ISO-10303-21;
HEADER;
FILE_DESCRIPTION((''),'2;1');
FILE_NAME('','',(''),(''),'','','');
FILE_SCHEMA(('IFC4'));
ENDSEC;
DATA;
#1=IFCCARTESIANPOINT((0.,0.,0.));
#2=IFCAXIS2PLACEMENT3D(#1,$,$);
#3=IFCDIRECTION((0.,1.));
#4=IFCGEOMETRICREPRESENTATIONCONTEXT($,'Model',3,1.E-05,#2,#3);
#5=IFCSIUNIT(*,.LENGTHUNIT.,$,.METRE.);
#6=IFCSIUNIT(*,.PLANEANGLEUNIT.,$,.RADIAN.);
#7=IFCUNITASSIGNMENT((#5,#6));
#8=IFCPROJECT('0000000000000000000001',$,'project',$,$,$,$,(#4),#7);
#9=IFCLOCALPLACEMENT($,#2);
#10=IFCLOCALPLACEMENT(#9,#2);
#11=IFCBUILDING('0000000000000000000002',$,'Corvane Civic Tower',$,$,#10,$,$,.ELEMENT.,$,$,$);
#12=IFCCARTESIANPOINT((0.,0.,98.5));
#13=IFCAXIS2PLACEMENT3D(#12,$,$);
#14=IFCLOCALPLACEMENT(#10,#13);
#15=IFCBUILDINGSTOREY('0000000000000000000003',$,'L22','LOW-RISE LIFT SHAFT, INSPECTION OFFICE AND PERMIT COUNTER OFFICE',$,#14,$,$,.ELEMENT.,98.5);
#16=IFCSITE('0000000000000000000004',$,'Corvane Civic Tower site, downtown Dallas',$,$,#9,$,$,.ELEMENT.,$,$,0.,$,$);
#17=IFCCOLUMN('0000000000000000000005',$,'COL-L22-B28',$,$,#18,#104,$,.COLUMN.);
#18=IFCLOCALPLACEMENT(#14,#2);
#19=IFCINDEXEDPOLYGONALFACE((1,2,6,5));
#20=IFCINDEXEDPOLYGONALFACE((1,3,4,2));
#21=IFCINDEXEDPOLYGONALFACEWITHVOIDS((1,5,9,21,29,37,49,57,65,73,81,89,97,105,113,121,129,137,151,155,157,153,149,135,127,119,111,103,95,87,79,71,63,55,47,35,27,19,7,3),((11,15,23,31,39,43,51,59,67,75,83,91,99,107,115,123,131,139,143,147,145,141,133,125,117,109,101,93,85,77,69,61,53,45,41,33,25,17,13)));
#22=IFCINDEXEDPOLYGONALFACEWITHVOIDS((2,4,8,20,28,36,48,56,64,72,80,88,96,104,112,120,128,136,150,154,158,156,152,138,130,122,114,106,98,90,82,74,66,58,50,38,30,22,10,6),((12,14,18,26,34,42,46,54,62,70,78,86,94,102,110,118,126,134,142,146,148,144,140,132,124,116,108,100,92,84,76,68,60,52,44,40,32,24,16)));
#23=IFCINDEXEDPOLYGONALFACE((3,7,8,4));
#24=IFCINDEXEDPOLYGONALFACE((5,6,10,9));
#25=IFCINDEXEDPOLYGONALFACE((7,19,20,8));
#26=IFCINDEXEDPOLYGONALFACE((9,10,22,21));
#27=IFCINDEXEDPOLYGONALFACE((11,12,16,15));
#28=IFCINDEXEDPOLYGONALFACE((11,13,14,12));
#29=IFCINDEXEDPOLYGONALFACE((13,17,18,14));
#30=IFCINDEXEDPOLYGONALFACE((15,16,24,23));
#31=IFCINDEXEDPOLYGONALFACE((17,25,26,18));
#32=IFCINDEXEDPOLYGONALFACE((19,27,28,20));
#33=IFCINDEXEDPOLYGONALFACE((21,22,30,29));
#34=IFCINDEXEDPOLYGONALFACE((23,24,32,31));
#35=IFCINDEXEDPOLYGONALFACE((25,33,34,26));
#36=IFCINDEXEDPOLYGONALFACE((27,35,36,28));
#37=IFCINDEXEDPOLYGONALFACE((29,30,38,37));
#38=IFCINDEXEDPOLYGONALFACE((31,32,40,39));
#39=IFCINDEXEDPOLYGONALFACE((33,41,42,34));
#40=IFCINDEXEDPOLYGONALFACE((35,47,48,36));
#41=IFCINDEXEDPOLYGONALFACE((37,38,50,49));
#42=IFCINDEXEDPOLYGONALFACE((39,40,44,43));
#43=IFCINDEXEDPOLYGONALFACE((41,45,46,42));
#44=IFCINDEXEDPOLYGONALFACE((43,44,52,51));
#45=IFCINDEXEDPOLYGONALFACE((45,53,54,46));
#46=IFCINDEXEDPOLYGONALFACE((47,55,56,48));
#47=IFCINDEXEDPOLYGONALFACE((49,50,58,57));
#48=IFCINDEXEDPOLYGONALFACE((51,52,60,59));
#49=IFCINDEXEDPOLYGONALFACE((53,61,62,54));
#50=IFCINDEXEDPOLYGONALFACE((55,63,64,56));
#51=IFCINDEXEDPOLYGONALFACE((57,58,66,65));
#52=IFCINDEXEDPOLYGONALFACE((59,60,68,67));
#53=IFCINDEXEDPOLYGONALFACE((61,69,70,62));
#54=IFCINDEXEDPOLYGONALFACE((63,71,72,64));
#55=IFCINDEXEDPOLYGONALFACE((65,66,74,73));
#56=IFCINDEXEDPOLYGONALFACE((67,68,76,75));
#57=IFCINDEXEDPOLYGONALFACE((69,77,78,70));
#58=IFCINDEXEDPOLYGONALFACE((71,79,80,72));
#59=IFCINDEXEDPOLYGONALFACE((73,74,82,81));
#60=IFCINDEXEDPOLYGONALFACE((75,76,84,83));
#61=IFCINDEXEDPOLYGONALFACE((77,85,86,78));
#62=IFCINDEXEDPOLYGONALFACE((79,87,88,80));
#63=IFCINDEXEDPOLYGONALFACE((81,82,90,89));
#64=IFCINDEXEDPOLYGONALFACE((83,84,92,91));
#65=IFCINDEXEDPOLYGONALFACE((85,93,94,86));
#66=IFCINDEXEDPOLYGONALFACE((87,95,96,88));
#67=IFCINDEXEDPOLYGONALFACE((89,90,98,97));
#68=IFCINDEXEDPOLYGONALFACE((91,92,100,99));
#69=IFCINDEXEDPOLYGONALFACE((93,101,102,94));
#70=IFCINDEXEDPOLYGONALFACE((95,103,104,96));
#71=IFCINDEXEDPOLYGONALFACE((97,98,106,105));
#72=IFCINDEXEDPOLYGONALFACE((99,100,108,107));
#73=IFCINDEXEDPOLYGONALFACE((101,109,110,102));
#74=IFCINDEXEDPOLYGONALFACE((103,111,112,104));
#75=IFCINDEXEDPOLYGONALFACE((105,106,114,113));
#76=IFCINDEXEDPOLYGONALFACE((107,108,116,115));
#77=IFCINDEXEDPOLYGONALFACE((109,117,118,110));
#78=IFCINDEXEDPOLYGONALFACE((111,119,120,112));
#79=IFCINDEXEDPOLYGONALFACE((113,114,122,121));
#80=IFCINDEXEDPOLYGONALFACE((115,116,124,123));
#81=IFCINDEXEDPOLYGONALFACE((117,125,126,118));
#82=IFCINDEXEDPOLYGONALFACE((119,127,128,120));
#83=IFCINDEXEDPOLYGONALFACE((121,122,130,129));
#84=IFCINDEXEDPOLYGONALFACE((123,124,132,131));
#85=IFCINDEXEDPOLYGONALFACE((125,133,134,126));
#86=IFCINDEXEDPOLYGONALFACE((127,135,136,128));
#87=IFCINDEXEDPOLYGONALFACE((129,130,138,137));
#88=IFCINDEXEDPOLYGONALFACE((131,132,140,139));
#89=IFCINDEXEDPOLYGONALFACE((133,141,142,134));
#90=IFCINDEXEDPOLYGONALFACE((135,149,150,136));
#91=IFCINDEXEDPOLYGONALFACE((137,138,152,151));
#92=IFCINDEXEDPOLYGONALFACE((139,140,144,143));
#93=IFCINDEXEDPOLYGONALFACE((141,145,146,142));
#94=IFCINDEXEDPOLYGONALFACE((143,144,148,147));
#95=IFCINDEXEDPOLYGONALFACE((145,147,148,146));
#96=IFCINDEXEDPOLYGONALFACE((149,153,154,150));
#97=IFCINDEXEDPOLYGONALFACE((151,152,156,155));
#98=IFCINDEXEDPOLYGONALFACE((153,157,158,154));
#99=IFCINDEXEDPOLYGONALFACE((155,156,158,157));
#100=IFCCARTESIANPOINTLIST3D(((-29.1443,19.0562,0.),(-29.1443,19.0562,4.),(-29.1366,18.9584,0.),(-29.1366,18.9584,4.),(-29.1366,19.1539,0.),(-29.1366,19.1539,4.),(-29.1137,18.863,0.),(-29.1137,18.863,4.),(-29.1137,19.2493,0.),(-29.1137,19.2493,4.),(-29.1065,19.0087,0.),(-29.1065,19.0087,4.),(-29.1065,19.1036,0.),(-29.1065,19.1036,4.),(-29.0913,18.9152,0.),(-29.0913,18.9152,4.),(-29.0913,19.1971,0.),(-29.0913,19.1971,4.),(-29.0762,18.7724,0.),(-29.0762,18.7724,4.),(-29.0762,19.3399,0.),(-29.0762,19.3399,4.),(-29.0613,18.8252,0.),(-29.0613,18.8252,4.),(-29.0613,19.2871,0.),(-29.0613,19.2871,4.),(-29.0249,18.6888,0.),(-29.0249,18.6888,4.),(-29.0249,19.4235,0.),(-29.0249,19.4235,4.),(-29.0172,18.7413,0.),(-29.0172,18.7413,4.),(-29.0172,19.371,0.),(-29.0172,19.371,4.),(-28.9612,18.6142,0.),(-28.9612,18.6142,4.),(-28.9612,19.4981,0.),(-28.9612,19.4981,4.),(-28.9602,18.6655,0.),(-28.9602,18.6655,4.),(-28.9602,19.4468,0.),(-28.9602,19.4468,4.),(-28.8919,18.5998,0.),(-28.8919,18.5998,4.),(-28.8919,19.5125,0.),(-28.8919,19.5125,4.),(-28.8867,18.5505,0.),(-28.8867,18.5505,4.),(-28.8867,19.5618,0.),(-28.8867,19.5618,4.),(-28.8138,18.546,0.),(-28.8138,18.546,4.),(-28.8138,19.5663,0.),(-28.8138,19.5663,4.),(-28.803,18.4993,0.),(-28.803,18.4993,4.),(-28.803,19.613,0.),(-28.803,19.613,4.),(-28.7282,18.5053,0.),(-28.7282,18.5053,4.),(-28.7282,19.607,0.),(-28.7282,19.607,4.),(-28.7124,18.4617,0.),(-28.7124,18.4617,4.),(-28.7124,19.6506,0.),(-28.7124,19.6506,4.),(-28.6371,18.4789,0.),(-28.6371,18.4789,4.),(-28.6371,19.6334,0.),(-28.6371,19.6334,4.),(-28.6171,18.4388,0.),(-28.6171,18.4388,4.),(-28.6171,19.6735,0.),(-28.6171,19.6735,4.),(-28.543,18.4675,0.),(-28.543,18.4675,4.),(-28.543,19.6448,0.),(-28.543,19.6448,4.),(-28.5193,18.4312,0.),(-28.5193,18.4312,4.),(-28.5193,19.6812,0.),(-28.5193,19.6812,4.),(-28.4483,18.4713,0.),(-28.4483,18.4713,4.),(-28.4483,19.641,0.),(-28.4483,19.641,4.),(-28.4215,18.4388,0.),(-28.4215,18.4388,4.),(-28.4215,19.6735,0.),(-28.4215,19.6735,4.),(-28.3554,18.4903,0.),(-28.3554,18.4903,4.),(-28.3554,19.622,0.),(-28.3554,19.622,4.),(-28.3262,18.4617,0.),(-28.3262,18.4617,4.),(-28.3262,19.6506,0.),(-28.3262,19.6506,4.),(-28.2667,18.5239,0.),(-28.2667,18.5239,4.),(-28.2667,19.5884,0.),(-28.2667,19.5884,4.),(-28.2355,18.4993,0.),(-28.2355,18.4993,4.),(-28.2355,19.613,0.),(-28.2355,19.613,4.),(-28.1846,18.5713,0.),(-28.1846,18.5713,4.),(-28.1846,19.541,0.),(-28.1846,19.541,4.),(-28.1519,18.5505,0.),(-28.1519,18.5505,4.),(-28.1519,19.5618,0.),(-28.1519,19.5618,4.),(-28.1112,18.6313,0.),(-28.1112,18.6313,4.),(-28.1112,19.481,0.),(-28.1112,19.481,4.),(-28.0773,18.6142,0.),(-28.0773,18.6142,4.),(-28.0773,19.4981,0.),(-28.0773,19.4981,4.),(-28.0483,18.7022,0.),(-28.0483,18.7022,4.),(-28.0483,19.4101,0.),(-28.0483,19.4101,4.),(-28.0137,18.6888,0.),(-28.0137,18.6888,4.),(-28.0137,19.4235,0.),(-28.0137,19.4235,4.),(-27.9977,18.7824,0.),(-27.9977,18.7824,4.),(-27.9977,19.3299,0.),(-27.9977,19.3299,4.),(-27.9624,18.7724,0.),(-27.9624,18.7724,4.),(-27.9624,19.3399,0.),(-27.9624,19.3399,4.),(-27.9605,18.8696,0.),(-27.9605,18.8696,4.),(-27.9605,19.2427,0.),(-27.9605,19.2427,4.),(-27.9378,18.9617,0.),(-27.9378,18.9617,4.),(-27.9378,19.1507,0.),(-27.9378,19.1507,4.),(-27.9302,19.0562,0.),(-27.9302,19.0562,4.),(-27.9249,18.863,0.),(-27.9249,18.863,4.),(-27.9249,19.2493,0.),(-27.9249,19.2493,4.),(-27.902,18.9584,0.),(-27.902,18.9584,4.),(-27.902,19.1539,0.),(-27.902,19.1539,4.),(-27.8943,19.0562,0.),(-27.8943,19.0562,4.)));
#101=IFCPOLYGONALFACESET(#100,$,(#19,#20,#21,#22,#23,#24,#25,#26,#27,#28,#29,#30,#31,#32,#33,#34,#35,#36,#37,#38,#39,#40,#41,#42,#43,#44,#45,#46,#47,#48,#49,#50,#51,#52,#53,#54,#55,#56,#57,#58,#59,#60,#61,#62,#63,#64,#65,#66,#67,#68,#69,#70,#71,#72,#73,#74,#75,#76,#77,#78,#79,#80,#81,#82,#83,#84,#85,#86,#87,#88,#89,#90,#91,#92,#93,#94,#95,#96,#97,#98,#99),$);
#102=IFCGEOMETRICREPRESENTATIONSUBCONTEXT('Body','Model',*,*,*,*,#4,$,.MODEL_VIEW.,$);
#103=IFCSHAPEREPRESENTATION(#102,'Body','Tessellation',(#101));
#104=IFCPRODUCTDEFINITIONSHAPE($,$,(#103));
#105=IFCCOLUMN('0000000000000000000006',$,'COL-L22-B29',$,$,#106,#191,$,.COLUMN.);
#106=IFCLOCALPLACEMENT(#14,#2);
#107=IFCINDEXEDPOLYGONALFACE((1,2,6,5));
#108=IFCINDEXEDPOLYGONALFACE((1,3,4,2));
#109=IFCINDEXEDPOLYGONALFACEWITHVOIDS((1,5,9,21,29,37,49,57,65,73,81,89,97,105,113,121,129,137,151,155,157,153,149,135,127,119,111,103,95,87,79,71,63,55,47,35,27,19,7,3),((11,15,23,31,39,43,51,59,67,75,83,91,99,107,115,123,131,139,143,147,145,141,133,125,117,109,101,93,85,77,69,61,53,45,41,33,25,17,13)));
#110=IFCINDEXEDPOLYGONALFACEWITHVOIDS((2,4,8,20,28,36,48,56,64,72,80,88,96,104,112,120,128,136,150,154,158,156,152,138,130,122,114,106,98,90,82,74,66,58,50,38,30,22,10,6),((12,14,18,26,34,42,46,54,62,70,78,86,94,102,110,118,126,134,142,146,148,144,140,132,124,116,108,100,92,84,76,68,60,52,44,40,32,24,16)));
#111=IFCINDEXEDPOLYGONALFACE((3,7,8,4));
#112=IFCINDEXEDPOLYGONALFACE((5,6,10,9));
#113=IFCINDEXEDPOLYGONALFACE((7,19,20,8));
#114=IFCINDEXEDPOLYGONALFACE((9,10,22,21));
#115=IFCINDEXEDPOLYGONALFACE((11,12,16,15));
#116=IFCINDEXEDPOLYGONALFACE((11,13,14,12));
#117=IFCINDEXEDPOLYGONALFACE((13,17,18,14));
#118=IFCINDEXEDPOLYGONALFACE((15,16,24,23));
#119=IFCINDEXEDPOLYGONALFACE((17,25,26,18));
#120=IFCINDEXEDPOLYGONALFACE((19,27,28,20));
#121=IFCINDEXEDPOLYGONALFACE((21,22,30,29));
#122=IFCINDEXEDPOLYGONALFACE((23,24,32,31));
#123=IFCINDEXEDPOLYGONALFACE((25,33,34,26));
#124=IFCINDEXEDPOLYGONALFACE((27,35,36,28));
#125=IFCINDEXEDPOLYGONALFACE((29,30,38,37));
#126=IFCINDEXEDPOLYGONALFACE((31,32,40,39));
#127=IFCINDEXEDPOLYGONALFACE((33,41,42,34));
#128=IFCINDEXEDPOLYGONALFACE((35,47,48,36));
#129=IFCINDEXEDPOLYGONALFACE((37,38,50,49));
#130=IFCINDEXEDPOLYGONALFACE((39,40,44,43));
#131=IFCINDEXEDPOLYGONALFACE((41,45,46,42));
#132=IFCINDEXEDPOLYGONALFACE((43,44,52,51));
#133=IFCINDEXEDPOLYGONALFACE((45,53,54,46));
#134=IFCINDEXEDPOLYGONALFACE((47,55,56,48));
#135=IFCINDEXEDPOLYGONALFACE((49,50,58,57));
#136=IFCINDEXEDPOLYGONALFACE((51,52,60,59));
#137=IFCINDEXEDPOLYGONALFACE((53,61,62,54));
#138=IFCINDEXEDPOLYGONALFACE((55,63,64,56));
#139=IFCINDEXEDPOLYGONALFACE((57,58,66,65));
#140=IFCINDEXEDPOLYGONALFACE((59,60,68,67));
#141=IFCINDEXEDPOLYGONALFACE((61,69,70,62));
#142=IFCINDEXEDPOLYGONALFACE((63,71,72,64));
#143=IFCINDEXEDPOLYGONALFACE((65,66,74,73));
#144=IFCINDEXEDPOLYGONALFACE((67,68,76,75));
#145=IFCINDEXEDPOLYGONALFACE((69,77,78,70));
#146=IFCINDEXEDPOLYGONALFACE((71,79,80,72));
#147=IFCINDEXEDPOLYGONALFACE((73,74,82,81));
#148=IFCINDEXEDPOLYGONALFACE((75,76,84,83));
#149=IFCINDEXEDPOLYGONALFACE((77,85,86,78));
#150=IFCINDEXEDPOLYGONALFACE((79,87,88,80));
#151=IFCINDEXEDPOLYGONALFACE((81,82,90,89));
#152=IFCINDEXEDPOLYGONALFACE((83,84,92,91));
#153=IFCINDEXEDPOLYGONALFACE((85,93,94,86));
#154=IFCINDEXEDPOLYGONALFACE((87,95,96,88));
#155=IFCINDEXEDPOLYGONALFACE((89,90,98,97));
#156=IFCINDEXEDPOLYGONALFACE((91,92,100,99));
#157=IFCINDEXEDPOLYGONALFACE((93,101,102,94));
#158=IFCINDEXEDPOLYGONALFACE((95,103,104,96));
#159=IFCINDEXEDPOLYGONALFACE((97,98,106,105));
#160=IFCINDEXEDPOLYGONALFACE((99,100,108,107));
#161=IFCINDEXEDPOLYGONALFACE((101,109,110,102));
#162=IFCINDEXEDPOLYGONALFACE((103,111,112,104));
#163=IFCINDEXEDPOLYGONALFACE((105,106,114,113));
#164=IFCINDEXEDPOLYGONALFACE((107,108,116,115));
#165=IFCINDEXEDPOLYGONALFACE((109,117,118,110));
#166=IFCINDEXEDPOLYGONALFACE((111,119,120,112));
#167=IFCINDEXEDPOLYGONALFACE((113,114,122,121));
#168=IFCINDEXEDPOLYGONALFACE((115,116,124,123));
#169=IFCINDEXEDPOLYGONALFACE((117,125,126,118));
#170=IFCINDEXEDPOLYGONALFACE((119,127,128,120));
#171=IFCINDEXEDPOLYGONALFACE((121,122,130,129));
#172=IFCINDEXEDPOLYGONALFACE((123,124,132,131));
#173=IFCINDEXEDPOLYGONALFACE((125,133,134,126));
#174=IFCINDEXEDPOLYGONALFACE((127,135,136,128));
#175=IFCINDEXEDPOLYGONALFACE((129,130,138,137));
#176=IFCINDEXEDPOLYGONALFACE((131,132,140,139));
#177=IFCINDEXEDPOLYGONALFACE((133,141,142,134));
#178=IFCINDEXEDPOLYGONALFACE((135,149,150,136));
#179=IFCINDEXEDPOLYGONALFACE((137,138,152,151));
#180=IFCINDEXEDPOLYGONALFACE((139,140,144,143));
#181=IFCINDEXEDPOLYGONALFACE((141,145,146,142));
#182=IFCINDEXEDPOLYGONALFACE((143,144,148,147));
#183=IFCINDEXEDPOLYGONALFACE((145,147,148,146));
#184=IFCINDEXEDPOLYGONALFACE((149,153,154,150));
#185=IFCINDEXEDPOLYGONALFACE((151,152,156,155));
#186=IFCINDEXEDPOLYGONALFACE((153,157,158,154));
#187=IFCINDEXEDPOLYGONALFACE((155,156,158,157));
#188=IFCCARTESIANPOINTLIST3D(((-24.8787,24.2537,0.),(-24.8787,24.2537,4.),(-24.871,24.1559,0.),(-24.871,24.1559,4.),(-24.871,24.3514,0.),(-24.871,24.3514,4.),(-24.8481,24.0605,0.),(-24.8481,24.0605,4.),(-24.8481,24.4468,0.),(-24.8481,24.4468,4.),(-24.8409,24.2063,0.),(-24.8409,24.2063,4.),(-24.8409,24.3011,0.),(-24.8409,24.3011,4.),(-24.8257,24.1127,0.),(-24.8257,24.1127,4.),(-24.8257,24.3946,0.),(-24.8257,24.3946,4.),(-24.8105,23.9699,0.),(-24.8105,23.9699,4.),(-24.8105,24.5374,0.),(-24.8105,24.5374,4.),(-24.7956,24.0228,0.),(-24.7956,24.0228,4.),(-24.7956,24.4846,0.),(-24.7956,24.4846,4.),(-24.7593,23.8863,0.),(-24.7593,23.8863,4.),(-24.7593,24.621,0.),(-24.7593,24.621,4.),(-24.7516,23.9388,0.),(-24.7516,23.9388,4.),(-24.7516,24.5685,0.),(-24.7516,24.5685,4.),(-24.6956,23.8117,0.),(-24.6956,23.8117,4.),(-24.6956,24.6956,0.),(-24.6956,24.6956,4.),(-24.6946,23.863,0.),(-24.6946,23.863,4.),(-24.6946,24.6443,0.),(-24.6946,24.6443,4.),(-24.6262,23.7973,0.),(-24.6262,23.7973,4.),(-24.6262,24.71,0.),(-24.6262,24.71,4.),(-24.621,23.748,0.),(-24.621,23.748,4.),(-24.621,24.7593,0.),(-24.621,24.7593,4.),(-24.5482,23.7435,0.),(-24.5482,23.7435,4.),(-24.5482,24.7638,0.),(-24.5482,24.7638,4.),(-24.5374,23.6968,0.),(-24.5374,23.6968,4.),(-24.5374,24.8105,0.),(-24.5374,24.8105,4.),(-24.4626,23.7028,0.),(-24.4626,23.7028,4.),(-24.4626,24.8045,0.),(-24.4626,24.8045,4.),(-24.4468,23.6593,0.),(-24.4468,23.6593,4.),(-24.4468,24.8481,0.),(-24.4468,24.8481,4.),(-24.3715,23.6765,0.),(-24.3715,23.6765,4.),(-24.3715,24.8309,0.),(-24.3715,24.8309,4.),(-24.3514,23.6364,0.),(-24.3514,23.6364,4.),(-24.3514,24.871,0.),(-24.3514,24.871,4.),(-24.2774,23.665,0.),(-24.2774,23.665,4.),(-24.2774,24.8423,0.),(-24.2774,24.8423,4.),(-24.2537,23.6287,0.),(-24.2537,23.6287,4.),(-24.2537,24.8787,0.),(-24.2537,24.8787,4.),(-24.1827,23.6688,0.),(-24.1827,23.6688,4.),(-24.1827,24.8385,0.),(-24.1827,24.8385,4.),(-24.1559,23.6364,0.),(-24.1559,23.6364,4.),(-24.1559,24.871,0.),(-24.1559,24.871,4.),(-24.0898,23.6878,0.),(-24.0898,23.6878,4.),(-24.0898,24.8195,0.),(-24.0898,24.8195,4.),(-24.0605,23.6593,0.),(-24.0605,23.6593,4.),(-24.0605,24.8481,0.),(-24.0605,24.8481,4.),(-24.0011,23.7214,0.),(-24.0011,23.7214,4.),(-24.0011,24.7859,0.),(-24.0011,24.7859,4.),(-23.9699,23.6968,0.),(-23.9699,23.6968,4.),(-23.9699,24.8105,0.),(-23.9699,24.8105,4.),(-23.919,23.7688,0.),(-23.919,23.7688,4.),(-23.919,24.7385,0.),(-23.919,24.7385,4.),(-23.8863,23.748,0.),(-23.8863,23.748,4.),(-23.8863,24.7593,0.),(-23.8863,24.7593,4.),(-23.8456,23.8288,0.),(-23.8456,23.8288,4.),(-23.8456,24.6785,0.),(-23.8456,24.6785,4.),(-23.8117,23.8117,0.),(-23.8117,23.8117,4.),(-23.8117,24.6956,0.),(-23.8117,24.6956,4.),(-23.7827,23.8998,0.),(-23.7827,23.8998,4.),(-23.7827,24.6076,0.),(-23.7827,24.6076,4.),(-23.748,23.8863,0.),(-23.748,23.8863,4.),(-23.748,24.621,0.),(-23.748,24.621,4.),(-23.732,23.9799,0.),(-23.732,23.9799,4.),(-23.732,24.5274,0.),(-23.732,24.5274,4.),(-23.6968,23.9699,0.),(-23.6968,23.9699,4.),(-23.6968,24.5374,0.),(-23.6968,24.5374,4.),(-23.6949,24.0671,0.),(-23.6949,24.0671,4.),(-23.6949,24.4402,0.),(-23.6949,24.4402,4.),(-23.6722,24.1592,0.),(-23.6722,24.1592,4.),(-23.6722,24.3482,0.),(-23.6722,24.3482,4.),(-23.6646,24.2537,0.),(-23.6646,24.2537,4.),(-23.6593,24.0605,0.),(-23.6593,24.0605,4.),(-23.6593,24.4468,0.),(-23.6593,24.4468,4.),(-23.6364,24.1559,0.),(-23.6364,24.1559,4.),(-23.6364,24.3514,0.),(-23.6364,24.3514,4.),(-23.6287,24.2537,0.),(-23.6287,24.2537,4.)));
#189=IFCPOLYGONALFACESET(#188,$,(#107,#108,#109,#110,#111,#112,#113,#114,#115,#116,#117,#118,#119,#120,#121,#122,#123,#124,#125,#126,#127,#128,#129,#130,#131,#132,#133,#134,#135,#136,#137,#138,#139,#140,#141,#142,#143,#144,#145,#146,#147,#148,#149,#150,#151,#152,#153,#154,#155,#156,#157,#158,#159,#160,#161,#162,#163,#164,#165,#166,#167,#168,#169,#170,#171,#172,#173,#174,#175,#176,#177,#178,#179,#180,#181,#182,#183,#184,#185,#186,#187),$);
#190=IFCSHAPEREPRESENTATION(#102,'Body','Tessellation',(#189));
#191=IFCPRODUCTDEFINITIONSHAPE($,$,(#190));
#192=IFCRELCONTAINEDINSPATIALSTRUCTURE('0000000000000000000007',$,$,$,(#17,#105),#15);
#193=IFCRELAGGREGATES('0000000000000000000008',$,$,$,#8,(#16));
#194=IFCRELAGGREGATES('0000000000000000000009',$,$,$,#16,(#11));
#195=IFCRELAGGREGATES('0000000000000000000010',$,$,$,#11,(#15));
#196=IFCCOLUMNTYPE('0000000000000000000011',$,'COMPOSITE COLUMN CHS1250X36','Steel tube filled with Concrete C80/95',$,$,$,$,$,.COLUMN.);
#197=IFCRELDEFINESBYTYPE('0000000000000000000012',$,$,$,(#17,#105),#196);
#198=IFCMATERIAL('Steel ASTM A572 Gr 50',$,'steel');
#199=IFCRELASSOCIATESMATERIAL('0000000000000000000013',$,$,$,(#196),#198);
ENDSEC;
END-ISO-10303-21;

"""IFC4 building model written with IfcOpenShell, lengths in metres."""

from ifc_helpers import new_model, si_unit, direction, frame, origin, origin_2d, place, context, subcontext, project, spatial, hollow_circle, extrude, material, material_profile, profile_set, type_object, element, save


model = new_model("IFC4")

# Units and contexts
model_context = context("Model", 3, precision=1e-05, world=origin(), true_north=direction((0.0, 1.0)))
body_context = subcontext(model_context, "Body", "Model", "MODEL_VIEW")
ifc_project = project(units=[si_unit("LENGTHUNIT", "METRE"), si_unit("PLANEANGLEUNIT", "RADIAN")], contexts=[model_context])

# Site, building, storey
site_placement = place(None, origin())
site = spatial("IfcSite", under=ifc_project, at=site_placement, Name="Corvane Civic Tower site, downtown Dallas", CompositionType="ELEMENT", RefElevation=0.0)
building_placement = place(site_placement, origin())
building = spatial("IfcBuilding", under=site, at=building_placement, Name="Corvane Civic Tower", CompositionType="ELEMENT")
storey_placement = place(building_placement, frame((0.0, 0.0, 98.5)))
storey = spatial("IfcBuildingStorey", under=building, at=storey_placement, Name="L22", Description="LOW-RISE LIFT SHAFT, INSPECTION OFFICE AND PERMIT COUNTER OFFICE", CompositionType="ELEMENT", Elevation=98.5)

# Columns
ifc_material_1 = material(Name="Steel ASTM A572 Gr 50", Category="steel")
ifc_material_profile_1 = material_profile(ifc_material_1, hollow_circle(Radius=0.625, WallThickness=0.0359, at=origin_2d()), Name="CHS1250X36")
ifc_profile_set_1 = profile_set([ifc_material_profile_1], Name="Steel ASTM A572 Gr 50")
column_type = type_object("IfcColumnType", Name="COMPOSITE COLUMN CHS1250X36", Description="Steel tube filled with Concrete C80/95", PredefinedType="COLUMN", material=ifc_profile_set_1)
for number, where, z_axis, x_axis, name in (
    (1, (-28.5193, 19.0562, 0.0), (0.0, 0.0, 1.0), (1.0, 0.0, 0.0), "COL-L22-B28"),
    (2, (-24.2537, 24.2537, 0.0), (0.0, 0.0, 1.0), (1.0, 0.0, 0.0), "COL-L22-B29"),
):
    element("IfcColumn", number, at=place(storey_placement, frame(where, z_axis=z_axis, x_axis=x_axis)), inside=storey, type_object=column_type, Name=name, PredefinedType="COLUMN", context=body_context, shape_type="SweptSolid", body=[
        extrude(hollow_circle(Radius=0.625, WallThickness=0.0359, at=origin_2d()), origin(), (0.0, 0.0, 1.0), 4.0),
    ])

save(model, "model.ifc")
